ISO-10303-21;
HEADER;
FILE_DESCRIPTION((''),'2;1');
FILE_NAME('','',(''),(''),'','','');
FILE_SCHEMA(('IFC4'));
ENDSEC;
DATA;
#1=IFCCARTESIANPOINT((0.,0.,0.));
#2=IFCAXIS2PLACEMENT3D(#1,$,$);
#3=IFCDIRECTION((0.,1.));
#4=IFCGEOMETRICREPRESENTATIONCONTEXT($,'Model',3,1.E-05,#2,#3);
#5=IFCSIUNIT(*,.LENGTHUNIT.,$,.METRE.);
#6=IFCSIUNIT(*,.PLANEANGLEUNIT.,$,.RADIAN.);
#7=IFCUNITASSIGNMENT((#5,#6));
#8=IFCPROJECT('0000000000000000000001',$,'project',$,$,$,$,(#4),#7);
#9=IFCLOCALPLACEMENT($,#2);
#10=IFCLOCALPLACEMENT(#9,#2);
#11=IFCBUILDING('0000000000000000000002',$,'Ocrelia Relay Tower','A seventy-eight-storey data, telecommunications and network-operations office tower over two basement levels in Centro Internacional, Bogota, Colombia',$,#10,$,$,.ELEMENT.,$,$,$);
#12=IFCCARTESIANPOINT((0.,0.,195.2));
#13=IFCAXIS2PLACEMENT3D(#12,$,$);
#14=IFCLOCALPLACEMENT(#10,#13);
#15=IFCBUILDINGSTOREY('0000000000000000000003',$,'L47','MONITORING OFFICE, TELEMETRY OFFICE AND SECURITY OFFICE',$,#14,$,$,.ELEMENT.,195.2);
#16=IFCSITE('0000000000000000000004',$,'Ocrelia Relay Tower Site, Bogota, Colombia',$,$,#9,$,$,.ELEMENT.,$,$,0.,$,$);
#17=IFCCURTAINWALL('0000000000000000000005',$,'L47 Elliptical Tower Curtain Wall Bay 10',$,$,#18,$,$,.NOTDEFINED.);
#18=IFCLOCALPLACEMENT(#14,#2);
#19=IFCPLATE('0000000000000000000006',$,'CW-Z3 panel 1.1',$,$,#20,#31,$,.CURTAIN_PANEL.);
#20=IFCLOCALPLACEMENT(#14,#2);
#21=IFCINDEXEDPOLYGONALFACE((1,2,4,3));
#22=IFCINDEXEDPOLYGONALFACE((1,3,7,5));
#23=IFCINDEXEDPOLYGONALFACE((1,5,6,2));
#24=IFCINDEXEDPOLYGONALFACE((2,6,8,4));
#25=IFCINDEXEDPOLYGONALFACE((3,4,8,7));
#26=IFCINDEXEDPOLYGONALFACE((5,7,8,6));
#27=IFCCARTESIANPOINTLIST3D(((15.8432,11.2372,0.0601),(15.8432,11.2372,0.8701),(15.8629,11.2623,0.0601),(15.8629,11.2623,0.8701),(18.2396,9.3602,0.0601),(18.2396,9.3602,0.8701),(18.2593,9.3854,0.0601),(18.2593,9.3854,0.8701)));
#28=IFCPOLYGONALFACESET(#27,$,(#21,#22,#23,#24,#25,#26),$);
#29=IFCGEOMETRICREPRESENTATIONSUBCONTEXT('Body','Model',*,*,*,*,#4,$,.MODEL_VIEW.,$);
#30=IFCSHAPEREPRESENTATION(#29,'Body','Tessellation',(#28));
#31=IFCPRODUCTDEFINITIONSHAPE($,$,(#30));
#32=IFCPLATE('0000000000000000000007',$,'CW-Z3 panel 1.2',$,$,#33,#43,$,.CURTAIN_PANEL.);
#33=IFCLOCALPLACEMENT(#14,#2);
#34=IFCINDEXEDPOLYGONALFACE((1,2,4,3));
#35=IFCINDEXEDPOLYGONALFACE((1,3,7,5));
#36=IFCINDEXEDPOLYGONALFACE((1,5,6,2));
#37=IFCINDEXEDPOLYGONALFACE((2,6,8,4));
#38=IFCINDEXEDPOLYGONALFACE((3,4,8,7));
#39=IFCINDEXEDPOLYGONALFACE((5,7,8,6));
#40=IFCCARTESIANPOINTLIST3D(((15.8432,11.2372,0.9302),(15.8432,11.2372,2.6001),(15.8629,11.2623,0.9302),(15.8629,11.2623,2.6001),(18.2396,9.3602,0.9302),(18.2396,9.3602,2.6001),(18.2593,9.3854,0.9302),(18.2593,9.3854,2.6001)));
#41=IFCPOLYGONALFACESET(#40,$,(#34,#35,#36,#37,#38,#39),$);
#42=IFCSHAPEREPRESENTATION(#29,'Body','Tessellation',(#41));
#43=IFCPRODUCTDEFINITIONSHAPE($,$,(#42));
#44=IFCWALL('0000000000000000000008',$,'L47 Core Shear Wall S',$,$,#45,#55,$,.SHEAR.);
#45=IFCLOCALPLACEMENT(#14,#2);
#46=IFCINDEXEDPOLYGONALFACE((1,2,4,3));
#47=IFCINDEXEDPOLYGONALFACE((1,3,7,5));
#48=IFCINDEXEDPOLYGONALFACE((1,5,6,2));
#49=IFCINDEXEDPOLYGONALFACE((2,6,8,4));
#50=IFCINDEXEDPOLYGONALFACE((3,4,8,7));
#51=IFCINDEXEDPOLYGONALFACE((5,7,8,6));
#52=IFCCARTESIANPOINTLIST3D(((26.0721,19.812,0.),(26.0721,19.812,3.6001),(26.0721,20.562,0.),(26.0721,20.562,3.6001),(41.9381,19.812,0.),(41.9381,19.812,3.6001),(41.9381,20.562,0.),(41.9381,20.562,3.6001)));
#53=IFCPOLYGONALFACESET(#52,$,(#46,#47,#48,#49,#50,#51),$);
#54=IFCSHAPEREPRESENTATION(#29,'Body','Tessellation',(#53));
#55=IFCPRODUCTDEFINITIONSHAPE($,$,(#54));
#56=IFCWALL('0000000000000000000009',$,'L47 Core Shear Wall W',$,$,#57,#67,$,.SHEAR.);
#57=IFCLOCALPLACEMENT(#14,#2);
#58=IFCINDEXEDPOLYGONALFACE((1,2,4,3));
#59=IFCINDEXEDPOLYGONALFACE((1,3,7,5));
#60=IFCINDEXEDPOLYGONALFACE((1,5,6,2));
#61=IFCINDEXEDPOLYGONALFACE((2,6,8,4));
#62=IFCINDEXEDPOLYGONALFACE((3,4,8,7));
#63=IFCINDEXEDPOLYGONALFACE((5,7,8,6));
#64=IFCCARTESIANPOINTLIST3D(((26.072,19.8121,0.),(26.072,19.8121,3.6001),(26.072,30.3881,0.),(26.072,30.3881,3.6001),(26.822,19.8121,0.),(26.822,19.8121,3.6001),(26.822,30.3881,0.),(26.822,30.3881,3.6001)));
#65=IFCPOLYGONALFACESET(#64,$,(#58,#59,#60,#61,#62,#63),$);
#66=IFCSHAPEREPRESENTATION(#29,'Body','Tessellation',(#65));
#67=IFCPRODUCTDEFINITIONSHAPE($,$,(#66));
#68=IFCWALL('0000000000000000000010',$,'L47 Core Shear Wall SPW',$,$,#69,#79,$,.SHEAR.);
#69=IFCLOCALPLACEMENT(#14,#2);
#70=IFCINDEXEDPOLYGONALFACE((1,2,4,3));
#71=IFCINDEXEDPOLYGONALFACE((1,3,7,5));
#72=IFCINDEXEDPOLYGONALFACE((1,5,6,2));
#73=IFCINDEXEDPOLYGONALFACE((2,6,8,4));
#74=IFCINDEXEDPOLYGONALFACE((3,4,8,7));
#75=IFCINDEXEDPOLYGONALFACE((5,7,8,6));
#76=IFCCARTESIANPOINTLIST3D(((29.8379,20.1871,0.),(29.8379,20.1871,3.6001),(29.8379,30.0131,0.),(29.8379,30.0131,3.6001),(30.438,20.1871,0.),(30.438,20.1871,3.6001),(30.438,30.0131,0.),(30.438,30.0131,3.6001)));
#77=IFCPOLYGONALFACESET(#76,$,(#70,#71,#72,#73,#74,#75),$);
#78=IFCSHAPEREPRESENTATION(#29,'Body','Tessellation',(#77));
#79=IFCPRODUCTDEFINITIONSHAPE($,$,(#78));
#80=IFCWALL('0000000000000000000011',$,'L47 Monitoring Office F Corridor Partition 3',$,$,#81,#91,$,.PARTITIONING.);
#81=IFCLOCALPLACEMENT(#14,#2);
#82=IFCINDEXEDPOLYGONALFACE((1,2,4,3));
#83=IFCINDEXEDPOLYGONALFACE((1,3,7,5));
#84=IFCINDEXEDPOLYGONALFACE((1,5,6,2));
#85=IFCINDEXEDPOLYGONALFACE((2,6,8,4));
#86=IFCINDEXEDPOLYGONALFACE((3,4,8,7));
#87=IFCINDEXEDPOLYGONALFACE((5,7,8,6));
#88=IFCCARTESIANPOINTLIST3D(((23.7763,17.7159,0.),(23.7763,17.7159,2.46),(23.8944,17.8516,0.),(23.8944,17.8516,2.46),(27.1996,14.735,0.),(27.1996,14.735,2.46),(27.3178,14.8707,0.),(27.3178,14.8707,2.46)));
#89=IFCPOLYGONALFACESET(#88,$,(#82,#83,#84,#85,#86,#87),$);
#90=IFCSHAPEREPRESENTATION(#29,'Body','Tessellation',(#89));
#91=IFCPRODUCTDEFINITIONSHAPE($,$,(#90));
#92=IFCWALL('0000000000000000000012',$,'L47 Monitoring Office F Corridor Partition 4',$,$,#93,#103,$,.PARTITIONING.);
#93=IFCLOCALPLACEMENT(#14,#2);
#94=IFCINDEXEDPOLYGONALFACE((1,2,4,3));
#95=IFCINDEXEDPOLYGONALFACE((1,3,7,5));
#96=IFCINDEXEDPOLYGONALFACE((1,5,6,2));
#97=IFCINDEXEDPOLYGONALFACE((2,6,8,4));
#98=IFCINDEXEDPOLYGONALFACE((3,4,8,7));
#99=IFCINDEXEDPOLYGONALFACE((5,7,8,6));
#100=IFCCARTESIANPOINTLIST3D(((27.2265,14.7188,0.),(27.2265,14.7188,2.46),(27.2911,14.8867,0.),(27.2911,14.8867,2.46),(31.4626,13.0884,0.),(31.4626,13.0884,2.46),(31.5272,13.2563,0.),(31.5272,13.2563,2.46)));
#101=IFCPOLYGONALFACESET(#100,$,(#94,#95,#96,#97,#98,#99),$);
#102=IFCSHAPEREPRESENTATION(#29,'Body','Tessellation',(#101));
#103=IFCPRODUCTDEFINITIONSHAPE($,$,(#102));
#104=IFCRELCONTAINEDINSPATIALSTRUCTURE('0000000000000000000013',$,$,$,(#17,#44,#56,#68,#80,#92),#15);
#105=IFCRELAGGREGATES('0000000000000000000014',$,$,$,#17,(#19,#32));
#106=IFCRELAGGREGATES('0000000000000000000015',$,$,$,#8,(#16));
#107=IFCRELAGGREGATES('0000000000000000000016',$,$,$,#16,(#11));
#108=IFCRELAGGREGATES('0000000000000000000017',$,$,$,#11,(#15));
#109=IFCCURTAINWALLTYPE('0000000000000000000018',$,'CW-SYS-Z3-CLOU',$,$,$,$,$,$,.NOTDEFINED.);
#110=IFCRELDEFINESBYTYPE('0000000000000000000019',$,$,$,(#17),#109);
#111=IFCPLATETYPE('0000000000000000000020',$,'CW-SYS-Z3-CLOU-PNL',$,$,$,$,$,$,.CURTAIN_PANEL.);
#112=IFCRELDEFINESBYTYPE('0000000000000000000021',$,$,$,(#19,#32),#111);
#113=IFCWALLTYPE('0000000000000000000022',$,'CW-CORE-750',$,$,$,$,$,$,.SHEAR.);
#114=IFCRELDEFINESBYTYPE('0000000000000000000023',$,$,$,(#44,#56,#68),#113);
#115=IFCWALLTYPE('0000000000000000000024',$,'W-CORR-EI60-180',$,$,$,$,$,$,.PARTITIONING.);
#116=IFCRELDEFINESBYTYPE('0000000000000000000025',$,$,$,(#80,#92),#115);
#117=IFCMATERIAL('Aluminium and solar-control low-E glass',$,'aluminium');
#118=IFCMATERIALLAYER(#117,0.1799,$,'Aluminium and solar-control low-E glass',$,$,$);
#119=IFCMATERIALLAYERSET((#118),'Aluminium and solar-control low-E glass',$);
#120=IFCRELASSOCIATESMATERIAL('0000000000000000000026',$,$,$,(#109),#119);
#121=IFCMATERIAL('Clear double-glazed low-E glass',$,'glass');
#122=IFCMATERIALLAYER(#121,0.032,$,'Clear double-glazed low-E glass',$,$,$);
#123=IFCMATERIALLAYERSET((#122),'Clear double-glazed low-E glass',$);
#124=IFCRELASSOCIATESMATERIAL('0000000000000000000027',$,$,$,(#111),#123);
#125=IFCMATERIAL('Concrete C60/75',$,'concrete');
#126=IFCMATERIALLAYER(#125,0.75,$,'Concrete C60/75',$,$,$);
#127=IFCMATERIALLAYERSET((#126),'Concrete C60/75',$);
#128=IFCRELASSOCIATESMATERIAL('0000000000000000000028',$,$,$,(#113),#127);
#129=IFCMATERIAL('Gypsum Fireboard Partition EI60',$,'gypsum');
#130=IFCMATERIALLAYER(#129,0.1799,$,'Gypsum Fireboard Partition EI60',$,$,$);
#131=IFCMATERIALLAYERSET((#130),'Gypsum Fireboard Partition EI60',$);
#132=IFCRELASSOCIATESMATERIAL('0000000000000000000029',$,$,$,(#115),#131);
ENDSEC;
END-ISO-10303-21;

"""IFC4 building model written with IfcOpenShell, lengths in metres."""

from ifc_helpers import new_model, si_unit, direction, frame, frame_2d, origin, origin_2d, place, context, subcontext, project, spatial, rectangle, extrude, material, layer, layer_set, type_object, element, aggregate, save


model = new_model("IFC4")

# Units and contexts
model_context = context("Model", 3, precision=1e-05, world=origin(), true_north=direction((0.0, 1.0)))
body_context = subcontext(model_context, "Body", "Model", "MODEL_VIEW")
ifc_project = project(units=[si_unit("LENGTHUNIT", "METRE"), si_unit("PLANEANGLEUNIT", "RADIAN")], contexts=[model_context])

# Site, building, storey
site_placement = place(None, origin())
site = spatial("IfcSite", under=ifc_project, at=site_placement, Name="Ocrelia Relay Tower Site, Bogota, Colombia", CompositionType="ELEMENT", RefElevation=0.0)
building_placement = place(site_placement, origin())
building = spatial("IfcBuilding", under=site, at=building_placement, Name="Ocrelia Relay Tower", Description="A seventy-eight-storey data, telecommunications and network-operations office tower over two basement levels in Centro Internacional, Bogota, Colombia", CompositionType="ELEMENT")
storey_placement = place(building_placement, frame((0.0, 0.0, 195.2)))
storey = spatial("IfcBuildingStorey", under=building, at=storey_placement, Name="L47", Description="MONITORING OFFICE, TELEMETRY OFFICE AND SECURITY OFFICE", CompositionType="ELEMENT", Elevation=195.2)

# Shared definitions
ifc_material_1 = material(Name="Concrete C60/75", Category="concrete")

# Curtain wall, plates
ifc_material_2 = material(Name="Aluminium and solar-control low-E glass", Category="aluminium")
ifc_layer_1 = layer(ifc_material_2, 0.1799, Name="Aluminium and solar-control low-E glass")
ifc_layer_set_1 = layer_set([ifc_layer_1], Name="Aluminium and solar-control low-E glass")
curtain_wall_type = type_object("IfcCurtainWallType", Name="CW-SYS-Z3-CLOU", PredefinedType="NOTDEFINED", material=ifc_layer_set_1)
curtain_wall_placement = place(storey_placement, origin())
curtain_wall = element("IfcCurtainWall", 1, at=curtain_wall_placement, inside=storey, type_object=curtain_wall_type, Name="L47 Elliptical Tower Curtain Wall Bay 10", PredefinedType="NOTDEFINED")
ifc_material_3 = material(Name="Clear double-glazed low-E glass", Category="glass")
ifc_layer_2 = layer(ifc_material_3, 0.032, Name="Clear double-glazed low-E glass")
ifc_layer_set_2 = layer_set([ifc_layer_2], Name="Clear double-glazed low-E glass")
plate_type = type_object("IfcPlateType", Name="CW-SYS-Z3-CLOU-PNL", PredefinedType="CURTAIN_PANEL", material=ifc_layer_set_2)
plate_1_placement = place(storey_placement, frame((17.0513, 10.3113, 0.0601), z_axis=(0.0, 0.0, 1.0), x_axis=(0.787261, -0.61662, 0.0)))
plate_1 = element("IfcPlate", 2, at=plate_1_placement, type_object=plate_type, Name="CW-Z3 panel 1.1", PredefinedType="CURTAIN_PANEL", context=body_context, shape_type="SweptSolid", body=[
    extrude(rectangle(XDim=3.0439, YDim=0.032, at=origin_2d()), origin(), (0.0, 0.0, 1.0), 0.8101),
])
plate_2_placement = place(storey_placement, frame((17.0513, 10.3113, 0.9302), z_axis=(0.0, 0.0, 1.0), x_axis=(0.787261, -0.61662, 0.0)))
plate_2 = element("IfcPlate", 3, at=plate_2_placement, type_object=plate_type, Name="CW-Z3 panel 1.2", PredefinedType="CURTAIN_PANEL", context=body_context, shape_type="SweptSolid", body=[
    extrude(rectangle(XDim=3.0439, YDim=0.032, at=origin_2d()), origin(), (0.0, 0.0, 1.0), 1.6699),
])
aggregate(curtain_wall, [plate_1, plate_2])

# Walls
ifc_layer_3 = layer(ifc_material_1, 0.75, Name="Concrete C60/75")
ifc_layer_set_3 = layer_set([ifc_layer_3], Name="Concrete C60/75")
wall_type_1 = type_object("IfcWallType", Name="CW-CORE-750", PredefinedType="SHEAR", material=ifc_layer_set_3)
wall_1_placement = place(storey_placement, frame((26.072, 20.187, 0.0), z_axis=(0.0, 0.0, 1.0), x_axis=(1.0, 0.0, 0.0)))
element("IfcWall", 4, at=wall_1_placement, inside=storey, type_object=wall_type_1, Name="L47 Core Shear Wall S", PredefinedType="SHEAR", context=body_context, shape_type="SweptSolid", body=[
    extrude(rectangle(XDim=15.866, YDim=0.75, at=frame_2d((7.9331, 0.0))), origin(), (0.0, 0.0, 1.0), 3.6001),
])
wall_2_placement = place(storey_placement, frame((26.447, 19.812, 0.0), z_axis=(0.0, 0.0, 1.0), x_axis=(0.0, 1.0, 0.0)))
element("IfcWall", 5, at=wall_2_placement, inside=storey, type_object=wall_type_1, Name="L47 Core Shear Wall W", PredefinedType="SHEAR", context=body_context, shape_type="SweptSolid", body=[
    extrude(rectangle(XDim=10.5759, YDim=0.75, at=frame_2d((5.2881, 0.0))), origin(), (0.0, 0.0, 1.0), 3.6001),
])
wall_3_placement = place(storey_placement, frame((30.1379, 20.187, 0.0), z_axis=(0.0, 0.0, 1.0), x_axis=(0.0, 1.0, 0.0)))
element("IfcWall", 6, at=wall_3_placement, inside=storey, type_object=wall_type_1, Name="L47 Core Shear Wall SPW", PredefinedType="SHEAR", context=body_context, shape_type="SweptSolid", body=[
    extrude(rectangle(XDim=9.8259, YDim=0.6001, at=frame_2d((4.9131, 0.0))), origin(), (0.0, 0.0, 1.0), 3.6001),
])
ifc_material_4 = material(Name="Gypsum Fireboard Partition EI60", Category="gypsum")
ifc_layer_4 = layer(ifc_material_4, 0.1799, Name="Gypsum Fireboard Partition EI60")
ifc_layer_set_4 = layer_set([ifc_layer_4], Name="Gypsum Fireboard Partition EI60")
wall_type_2 = type_object("IfcWallType", Name="W-CORR-EI60-180", PredefinedType="PARTITIONING", material=ifc_layer_set_4)
wall_4_placement = place(storey_placement, frame((23.8354, 17.7837, 0.0), z_axis=(0.0, 0.0, 1.0), x_axis=(0.754154, -0.656698, 0.0)))
element("IfcWall", 7, at=wall_4_placement, inside=storey, type_object=wall_type_2, Name="L47 Monitoring Office F Corridor Partition 3", PredefinedType="PARTITIONING", context=body_context, shape_type="SweptSolid", body=[
    extrude(rectangle(XDim=4.5393, YDim=0.1799, at=frame_2d((2.2695, 0.0))), origin(), (0.0, 0.0, 1.0), 2.46),
])
wall_5_placement = place(storey_placement, frame((27.2588, 14.8027, 0.0), z_axis=(0.0, 0.0, 1.0), x_axis=(0.933264, -0.359192, 0.0)))
element("IfcWall", 8, at=wall_5_placement, inside=storey, type_object=wall_type_2, Name="L47 Monitoring Office F Corridor Partition 4", PredefinedType="PARTITIONING", context=body_context, shape_type="SweptSolid", body=[
    extrude(rectangle(XDim=4.5391, YDim=0.1799, at=frame_2d((2.2695, 0.0))), origin(), (0.0, 0.0, 1.0), 2.46),
])

save(model, "model.ifc")
